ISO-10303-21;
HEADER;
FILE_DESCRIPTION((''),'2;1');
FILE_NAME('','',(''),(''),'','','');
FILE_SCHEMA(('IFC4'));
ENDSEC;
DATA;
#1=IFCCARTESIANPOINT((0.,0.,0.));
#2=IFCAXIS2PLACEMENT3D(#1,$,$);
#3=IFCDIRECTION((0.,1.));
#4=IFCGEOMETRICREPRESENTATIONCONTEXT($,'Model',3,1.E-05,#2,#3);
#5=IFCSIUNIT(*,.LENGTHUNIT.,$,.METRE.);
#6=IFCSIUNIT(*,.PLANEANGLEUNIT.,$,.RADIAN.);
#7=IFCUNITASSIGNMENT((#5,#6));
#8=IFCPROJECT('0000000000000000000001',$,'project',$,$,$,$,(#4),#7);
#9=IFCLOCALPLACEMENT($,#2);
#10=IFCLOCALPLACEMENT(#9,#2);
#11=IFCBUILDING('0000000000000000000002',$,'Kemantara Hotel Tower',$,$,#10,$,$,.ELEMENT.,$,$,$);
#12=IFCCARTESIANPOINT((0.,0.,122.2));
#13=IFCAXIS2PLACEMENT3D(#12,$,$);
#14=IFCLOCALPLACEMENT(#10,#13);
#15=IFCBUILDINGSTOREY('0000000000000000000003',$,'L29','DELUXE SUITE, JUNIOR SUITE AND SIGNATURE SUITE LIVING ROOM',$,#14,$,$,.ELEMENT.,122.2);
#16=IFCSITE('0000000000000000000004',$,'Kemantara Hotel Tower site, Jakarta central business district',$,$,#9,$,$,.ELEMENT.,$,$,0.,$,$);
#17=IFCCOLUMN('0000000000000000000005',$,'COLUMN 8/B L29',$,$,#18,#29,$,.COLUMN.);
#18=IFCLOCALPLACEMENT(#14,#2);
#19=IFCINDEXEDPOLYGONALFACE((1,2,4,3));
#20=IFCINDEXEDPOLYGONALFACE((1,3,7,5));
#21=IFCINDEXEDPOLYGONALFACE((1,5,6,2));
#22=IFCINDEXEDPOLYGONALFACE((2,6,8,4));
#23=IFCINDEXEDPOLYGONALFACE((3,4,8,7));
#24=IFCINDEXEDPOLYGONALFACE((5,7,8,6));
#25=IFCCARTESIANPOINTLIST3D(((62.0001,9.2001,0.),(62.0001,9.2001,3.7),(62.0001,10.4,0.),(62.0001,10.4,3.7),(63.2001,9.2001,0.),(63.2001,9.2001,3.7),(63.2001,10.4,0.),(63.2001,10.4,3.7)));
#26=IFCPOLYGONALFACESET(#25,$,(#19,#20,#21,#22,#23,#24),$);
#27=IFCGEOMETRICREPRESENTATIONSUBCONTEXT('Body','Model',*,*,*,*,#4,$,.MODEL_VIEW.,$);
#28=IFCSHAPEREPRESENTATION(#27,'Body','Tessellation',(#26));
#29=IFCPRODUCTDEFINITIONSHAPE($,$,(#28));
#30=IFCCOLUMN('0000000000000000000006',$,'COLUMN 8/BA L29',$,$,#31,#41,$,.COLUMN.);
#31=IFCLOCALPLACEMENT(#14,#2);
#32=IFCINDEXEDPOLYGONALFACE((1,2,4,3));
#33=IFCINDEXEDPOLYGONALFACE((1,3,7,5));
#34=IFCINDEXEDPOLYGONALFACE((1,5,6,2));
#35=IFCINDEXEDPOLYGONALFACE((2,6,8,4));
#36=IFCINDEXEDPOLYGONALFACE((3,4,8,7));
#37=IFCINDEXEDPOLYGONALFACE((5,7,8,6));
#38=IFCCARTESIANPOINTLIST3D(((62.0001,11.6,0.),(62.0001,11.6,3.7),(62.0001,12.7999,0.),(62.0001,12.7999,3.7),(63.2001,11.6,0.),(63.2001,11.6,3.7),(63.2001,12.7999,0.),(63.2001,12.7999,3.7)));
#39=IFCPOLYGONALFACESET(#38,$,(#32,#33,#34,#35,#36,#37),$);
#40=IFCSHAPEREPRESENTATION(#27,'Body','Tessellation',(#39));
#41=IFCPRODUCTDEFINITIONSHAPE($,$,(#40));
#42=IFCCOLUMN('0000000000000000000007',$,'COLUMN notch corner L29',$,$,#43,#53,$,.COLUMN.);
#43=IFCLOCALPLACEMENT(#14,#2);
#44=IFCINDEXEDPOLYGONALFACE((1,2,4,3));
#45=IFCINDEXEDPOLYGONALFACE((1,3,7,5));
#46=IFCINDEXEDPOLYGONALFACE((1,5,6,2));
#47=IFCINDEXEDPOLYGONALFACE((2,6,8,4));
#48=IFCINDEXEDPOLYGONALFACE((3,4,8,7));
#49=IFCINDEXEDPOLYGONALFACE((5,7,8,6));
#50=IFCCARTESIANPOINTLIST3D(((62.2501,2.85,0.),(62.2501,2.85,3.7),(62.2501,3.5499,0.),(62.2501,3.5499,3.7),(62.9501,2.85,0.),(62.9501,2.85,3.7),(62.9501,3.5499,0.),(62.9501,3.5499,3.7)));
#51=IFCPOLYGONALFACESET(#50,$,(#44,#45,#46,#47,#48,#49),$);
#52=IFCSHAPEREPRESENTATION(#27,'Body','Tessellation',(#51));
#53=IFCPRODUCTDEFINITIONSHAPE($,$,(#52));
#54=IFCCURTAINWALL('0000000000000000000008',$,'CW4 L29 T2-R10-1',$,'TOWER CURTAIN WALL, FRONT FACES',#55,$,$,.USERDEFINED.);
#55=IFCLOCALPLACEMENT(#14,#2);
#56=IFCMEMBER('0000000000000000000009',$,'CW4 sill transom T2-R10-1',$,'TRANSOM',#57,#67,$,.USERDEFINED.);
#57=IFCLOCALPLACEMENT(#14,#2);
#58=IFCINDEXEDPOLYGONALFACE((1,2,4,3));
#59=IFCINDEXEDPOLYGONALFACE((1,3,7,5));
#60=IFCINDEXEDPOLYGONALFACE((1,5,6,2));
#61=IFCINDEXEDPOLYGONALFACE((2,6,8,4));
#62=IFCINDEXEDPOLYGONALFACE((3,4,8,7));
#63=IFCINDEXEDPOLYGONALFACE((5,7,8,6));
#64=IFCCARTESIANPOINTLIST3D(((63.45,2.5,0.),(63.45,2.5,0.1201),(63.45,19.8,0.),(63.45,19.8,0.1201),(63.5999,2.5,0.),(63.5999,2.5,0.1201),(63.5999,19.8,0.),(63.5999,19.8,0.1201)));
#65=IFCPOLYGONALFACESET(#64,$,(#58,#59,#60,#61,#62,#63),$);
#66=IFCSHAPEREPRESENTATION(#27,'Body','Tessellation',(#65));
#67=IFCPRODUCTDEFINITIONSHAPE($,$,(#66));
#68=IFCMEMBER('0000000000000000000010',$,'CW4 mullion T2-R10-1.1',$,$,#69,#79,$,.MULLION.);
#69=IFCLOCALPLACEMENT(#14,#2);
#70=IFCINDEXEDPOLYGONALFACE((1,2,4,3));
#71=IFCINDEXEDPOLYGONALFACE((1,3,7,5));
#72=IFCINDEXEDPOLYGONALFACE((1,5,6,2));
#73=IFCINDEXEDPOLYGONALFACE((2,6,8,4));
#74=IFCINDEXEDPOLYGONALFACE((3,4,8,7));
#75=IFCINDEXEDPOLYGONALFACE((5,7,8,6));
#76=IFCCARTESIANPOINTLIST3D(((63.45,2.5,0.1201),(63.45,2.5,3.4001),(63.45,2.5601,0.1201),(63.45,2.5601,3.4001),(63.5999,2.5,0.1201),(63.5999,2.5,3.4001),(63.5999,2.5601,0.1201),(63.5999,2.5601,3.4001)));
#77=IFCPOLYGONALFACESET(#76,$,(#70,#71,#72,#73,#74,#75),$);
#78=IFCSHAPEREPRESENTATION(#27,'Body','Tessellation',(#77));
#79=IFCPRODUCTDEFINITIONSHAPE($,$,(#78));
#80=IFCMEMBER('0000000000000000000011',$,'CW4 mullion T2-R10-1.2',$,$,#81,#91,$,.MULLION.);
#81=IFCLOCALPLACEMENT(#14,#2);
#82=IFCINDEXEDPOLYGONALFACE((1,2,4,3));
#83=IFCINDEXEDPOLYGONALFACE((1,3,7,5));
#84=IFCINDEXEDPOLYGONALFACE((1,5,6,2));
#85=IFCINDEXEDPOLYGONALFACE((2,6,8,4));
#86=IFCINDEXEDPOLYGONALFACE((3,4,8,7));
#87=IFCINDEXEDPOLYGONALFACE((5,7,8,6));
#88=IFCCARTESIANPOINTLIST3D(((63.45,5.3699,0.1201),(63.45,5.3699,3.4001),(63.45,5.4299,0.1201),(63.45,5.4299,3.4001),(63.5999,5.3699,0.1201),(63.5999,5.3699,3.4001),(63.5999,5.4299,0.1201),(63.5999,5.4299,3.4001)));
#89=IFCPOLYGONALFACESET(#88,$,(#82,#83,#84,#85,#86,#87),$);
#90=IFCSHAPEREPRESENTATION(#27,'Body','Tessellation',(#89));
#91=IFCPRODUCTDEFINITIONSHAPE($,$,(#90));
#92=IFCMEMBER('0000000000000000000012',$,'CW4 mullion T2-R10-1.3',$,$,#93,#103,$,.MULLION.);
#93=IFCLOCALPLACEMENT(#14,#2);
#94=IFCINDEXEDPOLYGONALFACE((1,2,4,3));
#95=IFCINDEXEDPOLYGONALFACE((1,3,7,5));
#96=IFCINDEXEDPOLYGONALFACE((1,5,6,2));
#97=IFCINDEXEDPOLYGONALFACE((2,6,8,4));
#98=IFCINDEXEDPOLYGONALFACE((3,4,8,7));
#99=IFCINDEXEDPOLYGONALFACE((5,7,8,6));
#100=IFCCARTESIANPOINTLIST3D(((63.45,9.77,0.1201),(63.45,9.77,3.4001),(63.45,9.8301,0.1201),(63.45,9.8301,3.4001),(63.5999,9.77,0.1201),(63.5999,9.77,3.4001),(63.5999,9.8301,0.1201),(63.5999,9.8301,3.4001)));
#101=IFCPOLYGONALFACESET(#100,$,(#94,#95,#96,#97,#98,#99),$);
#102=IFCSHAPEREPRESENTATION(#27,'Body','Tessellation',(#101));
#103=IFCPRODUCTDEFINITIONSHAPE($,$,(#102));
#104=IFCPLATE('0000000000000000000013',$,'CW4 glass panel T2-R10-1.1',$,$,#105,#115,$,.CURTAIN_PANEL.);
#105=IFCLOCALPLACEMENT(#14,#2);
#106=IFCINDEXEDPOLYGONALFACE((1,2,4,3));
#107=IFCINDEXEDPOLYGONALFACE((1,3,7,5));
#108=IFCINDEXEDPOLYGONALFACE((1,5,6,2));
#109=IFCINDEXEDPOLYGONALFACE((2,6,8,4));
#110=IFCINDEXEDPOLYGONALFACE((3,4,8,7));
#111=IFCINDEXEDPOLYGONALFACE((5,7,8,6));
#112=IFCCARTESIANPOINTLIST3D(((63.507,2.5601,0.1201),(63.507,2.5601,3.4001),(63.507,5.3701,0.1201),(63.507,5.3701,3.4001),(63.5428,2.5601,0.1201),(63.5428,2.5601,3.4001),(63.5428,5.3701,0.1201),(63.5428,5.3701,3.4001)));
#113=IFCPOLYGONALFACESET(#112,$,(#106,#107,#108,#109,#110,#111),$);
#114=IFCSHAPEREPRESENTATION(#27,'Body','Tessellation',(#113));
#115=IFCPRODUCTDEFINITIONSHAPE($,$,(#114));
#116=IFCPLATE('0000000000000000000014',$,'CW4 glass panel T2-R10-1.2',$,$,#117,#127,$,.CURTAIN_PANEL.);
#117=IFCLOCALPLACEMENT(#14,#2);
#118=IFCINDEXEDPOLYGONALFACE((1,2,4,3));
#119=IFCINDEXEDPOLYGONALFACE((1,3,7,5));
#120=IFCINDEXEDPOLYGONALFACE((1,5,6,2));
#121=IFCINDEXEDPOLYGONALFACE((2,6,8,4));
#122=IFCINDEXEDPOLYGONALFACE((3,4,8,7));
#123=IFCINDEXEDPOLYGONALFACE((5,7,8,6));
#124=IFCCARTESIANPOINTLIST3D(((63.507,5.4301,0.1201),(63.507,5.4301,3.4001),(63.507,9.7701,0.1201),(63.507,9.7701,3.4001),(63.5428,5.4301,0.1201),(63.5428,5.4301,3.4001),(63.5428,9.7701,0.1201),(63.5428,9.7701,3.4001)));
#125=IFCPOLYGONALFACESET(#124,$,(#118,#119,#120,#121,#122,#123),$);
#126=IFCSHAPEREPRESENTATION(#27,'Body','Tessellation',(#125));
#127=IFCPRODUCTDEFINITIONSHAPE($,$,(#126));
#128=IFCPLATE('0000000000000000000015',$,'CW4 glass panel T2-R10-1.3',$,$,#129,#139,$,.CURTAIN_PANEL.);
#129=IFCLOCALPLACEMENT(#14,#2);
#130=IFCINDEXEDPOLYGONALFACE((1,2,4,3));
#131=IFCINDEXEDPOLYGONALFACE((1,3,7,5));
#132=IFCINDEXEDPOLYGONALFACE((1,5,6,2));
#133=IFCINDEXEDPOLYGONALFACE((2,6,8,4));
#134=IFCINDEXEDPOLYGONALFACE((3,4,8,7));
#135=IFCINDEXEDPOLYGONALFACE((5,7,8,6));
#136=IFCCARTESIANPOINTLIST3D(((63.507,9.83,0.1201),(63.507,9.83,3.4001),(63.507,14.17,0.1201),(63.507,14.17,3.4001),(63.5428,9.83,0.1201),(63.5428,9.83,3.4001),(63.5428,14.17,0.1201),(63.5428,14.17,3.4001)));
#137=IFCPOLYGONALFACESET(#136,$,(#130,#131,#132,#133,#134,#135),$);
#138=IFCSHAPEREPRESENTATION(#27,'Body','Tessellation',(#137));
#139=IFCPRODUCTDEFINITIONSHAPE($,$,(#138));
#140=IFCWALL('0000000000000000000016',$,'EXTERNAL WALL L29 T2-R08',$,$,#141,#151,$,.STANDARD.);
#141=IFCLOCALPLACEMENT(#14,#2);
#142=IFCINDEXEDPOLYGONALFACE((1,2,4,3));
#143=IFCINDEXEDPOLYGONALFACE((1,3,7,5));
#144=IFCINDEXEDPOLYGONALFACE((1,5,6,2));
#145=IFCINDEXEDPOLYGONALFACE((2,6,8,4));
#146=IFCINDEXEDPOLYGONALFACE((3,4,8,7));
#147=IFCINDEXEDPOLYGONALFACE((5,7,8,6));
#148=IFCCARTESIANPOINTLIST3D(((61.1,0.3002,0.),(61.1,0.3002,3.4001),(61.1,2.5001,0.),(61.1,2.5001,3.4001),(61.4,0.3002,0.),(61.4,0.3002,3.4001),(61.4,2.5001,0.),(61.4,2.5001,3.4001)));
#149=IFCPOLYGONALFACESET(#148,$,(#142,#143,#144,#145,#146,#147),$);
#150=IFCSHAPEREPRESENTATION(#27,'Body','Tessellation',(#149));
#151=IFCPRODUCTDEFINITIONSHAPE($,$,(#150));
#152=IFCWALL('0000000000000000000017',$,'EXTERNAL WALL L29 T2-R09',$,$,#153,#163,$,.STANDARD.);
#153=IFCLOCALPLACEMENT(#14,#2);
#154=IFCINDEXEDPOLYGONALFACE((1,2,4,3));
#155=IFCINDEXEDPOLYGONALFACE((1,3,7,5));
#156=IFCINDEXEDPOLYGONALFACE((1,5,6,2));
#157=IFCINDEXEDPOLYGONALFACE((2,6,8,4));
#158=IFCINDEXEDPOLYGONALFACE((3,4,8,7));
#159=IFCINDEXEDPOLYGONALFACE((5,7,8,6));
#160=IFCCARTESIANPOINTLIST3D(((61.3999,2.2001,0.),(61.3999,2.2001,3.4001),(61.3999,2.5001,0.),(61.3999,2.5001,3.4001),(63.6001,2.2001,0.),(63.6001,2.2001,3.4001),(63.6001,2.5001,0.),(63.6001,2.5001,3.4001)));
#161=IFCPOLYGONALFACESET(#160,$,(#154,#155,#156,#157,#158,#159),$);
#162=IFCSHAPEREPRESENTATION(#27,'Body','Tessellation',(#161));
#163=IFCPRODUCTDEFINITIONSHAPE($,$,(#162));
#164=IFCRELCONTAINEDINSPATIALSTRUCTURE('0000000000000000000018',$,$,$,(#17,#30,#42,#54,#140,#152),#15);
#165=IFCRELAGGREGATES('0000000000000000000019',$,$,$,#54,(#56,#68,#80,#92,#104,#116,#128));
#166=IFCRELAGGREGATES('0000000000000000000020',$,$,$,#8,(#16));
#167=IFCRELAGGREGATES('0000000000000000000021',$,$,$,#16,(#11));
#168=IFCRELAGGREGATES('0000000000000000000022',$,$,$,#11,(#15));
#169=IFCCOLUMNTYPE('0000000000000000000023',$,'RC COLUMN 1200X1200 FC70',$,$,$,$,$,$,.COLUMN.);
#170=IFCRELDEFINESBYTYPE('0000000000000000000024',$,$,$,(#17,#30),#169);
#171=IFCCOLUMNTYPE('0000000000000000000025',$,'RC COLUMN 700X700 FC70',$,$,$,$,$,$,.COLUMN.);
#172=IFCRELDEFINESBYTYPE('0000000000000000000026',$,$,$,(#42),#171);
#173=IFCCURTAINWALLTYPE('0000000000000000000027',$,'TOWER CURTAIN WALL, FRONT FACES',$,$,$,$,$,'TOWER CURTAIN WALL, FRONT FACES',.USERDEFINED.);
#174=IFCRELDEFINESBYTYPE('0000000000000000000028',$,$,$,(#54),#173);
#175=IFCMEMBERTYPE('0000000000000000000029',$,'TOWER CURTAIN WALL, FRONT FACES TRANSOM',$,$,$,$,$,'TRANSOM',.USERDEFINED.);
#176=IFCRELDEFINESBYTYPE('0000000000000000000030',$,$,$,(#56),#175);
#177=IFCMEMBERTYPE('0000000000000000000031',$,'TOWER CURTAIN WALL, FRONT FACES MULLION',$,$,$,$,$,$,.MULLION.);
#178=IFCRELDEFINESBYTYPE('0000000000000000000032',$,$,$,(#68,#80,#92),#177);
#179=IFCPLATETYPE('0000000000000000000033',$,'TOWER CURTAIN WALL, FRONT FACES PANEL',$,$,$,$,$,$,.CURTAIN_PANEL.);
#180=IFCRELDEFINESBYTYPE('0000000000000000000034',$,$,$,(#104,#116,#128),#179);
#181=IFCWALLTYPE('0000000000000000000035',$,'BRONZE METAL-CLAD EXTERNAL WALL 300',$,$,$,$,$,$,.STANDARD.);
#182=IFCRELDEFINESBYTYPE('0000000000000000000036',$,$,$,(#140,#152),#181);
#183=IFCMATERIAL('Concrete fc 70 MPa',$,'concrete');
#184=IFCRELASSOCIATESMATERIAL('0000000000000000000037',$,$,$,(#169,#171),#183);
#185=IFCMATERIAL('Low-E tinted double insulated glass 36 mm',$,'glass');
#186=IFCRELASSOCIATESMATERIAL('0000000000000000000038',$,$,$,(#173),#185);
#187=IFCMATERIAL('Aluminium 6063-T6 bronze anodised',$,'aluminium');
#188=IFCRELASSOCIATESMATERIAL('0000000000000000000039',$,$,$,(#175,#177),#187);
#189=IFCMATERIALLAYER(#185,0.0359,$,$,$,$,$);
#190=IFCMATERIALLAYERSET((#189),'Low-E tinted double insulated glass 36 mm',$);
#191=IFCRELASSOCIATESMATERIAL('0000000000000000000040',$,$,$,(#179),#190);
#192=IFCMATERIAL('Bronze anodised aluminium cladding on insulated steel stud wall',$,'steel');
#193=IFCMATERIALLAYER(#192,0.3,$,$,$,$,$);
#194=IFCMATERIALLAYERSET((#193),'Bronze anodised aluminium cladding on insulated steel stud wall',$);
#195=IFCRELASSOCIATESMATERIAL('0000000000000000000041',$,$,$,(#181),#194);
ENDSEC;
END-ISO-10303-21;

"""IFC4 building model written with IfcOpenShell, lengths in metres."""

from ifc_helpers import new_model, si_unit, direction, frame, frame_2d, origin, origin_2d, place, context, subcontext, project, spatial, rectangle, extrude, source, transform, mapped, material, layer, layer_set, material_profile, profile_set, type_object, element, aggregate, save


model = new_model("IFC4")

# Units and contexts
model_context = context("Model", 3, precision=1e-05, world=origin(), true_north=direction((0.0, 1.0)))
body_context = subcontext(model_context, "Body", "Model", "MODEL_VIEW")
ifc_project = project(units=[si_unit("LENGTHUNIT", "METRE"), si_unit("PLANEANGLEUNIT", "RADIAN")], contexts=[model_context])

# Site, building, storey
site_placement = place(None, origin())
site = spatial("IfcSite", under=ifc_project, at=site_placement, Name="Kemantara Hotel Tower site, Jakarta central business district", CompositionType="ELEMENT", RefElevation=0.0)
building_placement = place(site_placement, origin())
building = spatial("IfcBuilding", under=site, at=building_placement, Name="Kemantara Hotel Tower", CompositionType="ELEMENT")
storey_placement = place(building_placement, frame((0.0, 0.0, 122.2)))
storey = spatial("IfcBuildingStorey", under=building, at=storey_placement, Name="L29", Description="DELUXE SUITE, JUNIOR SUITE AND SIGNATURE SUITE LIVING ROOM", CompositionType="ELEMENT", Elevation=122.2)

# Columns
ifc_material_1 = material(Name="Concrete fc 70 MPa", Category="concrete")
ifc_material_profile_1 = material_profile(ifc_material_1, rectangle(XDim=1.2, YDim=1.2, at=origin_2d()), Name="RC 1200X1200")
ifc_profile_set_1 = profile_set([ifc_material_profile_1], Name="Concrete fc 70 MPa")
column_type_1 = type_object("IfcColumnType", Name="RC COLUMN 1200X1200 FC70", PredefinedType="COLUMN", material=ifc_profile_set_1)
for number, where, z_axis, x_axis, name in (
    (1, (62.6001, 9.8, 0.0), (0.0, 0.0, 1.0), (1.0, 0.0, 0.0), "COLUMN 8/B L29"),
    (2, (62.6001, 12.2, 0.0), (0.0, 0.0, 1.0), (1.0, 0.0, 0.0), "COLUMN 8/BA L29"),
):
    element("IfcColumn", number, at=place(storey_placement, frame(where, z_axis=z_axis, x_axis=x_axis)), inside=storey, type_object=column_type_1, Name=name, PredefinedType="COLUMN", context=body_context, shape_type="SweptSolid", body=[
        extrude(rectangle(XDim=1.2, YDim=1.2, at=origin_2d()), origin(), (0.0, 0.0, 1.0), 3.7),
    ])
ifc_material_profile_2 = material_profile(ifc_material_1, rectangle(XDim=0.7, YDim=0.7, at=origin_2d()), Name="RC 700X700")
ifc_profile_set_2 = profile_set([ifc_material_profile_2], Name="Concrete fc 70 MPa")
column_type_2 = type_object("IfcColumnType", Name="RC COLUMN 700X700 FC70", PredefinedType="COLUMN", material=ifc_profile_set_2)
column_placement = place(storey_placement, frame((62.6001, 3.2, 0.0), z_axis=(0.0, 0.0, 1.0), x_axis=(1.0, 0.0, 0.0)))
element("IfcColumn", 3, at=column_placement, inside=storey, type_object=column_type_2, Name="COLUMN notch corner L29", PredefinedType="COLUMN", context=body_context, shape_type="SweptSolid", body=[
    extrude(rectangle(XDim=0.7, YDim=0.7, at=origin_2d()), origin(), (0.0, 0.0, 1.0), 3.7),
])

# Curtain wall, members, plates
ifc_material_2 = material(Name="Low-E tinted double insulated glass 36 mm", Category="glass")
curtain_wall_type = type_object("IfcCurtainWallType", Name="TOWER CURTAIN WALL, FRONT FACES", ElementType="TOWER CURTAIN WALL, FRONT FACES", PredefinedType="USERDEFINED", material=ifc_material_2)
curtain_wall_placement = place(storey_placement, origin())
curtain_wall = element("IfcCurtainWall", 4, at=curtain_wall_placement, inside=storey, type_object=curtain_wall_type, Name="CW4 L29 T2-R10-1", ObjectType="TOWER CURTAIN WALL, FRONT FACES", PredefinedType="USERDEFINED")
ifc_material_3 = material(Name="Aluminium 6063-T6 bronze anodised", Category="aluminium")
ifc_material_profile_3 = material_profile(ifc_material_3, rectangle(XDim=0.1499, YDim=0.1201, at=origin_2d()), Name="TOWER CURTAIN WALL, FRONT FACES TRANSOM")
ifc_profile_set_3 = profile_set([ifc_material_profile_3], Name="Aluminium 6063-T6 bronze anodised")
member_type_1 = type_object("IfcMemberType", Name="TOWER CURTAIN WALL, FRONT FACES TRANSOM", ElementType="TRANSOM", PredefinedType="USERDEFINED", material=ifc_profile_set_3)
member_1_placement = place(storey_placement, frame((63.5249, 2.5, 0.0601), z_axis=(0.0, 1.0, 0.0), x_axis=(-1.0, 0.0, 0.0)))
member_1 = element("IfcMember", 5, at=member_1_placement, type_object=member_type_1, Name="CW4 sill transom T2-R10-1", ObjectType="TRANSOM", PredefinedType="USERDEFINED", context=body_context, shape_type="SweptSolid", body=[
    extrude(rectangle(XDim=0.1499, YDim=0.1201, at=origin_2d()), origin(), (0.0, 0.0, 1.0), 17.3),
])
ifc_material_profile_4 = material_profile(ifc_material_3, rectangle(XDim=0.1499, YDim=0.0601, at=origin_2d()), Name="TOWER CURTAIN WALL, FRONT FACES MULLION")
ifc_profile_set_4 = profile_set([ifc_material_profile_4], Name="Aluminium 6063-T6 bronze anodised")
member_type_2 = type_object("IfcMemberType", Name="TOWER CURTAIN WALL, FRONT FACES MULLION", PredefinedType="MULLION", material=ifc_profile_set_4)
shared_shape_1 = source(origin(), body_context, "Body", "SweptSolid", [
    extrude(rectangle(XDim=0.1499, YDim=0.0601, at=origin_2d()), origin(), (0.0, 0.0, 1.0), 3.28),
])
member_2_placement = place(storey_placement, frame((63.5249, 2.53, 0.1201), z_axis=(0.0, 0.0, 1.0), x_axis=(-1.0, 0.0, 0.0)))
member_2 = element("IfcMember", 6, at=member_2_placement, type_object=member_type_2, Name="CW4 mullion T2-R10-1.1", PredefinedType="MULLION", context=body_context, shape_type="MappedRepresentation", body=[
    mapped(shared_shape_1, transform((0.0, 0.0, 0.0))),
])
member_3_placement = place(storey_placement, frame((63.5249, 5.3999, 0.1201), z_axis=(0.0, 0.0, 1.0), x_axis=(-1.0, 0.0, 0.0)))
member_3 = element("IfcMember", 7, at=member_3_placement, type_object=member_type_2, Name="CW4 mullion T2-R10-1.2", PredefinedType="MULLION", context=body_context, shape_type="MappedRepresentation", body=[
    mapped(shared_shape_1, transform((0.0, 0.0, 0.0))),
])
member_4_placement = place(storey_placement, frame((63.5249, 9.8, 0.1201), z_axis=(0.0, 0.0, 1.0), x_axis=(-1.0, 0.0, 0.0)))
member_4 = element("IfcMember", 8, at=member_4_placement, type_object=member_type_2, Name="CW4 mullion T2-R10-1.3", PredefinedType="MULLION", context=body_context, shape_type="MappedRepresentation", body=[
    mapped(shared_shape_1, transform((0.0, 0.0, 0.0))),
])
ifc_layer_1 = layer(ifc_material_2, 0.0359)
ifc_layer_set_1 = layer_set([ifc_layer_1], Name="Low-E tinted double insulated glass 36 mm")
plate_type = type_object("IfcPlateType", Name="TOWER CURTAIN WALL, FRONT FACES PANEL", PredefinedType="CURTAIN_PANEL", material=ifc_layer_set_1)
shared_shape_2 = source(origin(), body_context, "Body", "SweptSolid", [
    extrude(rectangle(XDim=2.8101, YDim=0.0359, at=origin_2d()), origin(), (0.0, 0.0, 1.0), 3.28),
])
plate_1_placement = place(storey_placement, frame((63.5249, 3.9651, 0.1201), z_axis=(0.0, 0.0, 1.0), x_axis=(0.0, 1.0, 0.0)))
plate_1 = element("IfcPlate", 9, at=plate_1_placement, type_object=plate_type, Name="CW4 glass panel T2-R10-1.1", PredefinedType="CURTAIN_PANEL", context=body_context, shape_type="MappedRepresentation", body=[
    mapped(shared_shape_2, transform((0.0, 0.0, 0.0))),
])
shared_shape_3 = source(origin(), body_context, "Body", "SweptSolid", [
    extrude(rectangle(XDim=4.3401, YDim=0.0359, at=origin_2d()), origin(), (0.0, 0.0, 1.0), 3.28),
])
plate_2_placement = place(storey_placement, frame((63.5249, 7.6001, 0.1201), z_axis=(0.0, 0.0, 1.0), x_axis=(0.0, 1.0, 0.0)))
plate_2 = element("IfcPlate", 10, at=plate_2_placement, type_object=plate_type, Name="CW4 glass panel T2-R10-1.2", PredefinedType="CURTAIN_PANEL", context=body_context, shape_type="MappedRepresentation", body=[
    mapped(shared_shape_3, transform((0.0, 0.0, 0.0))),
])
plate_3_placement = place(storey_placement, frame((63.5249, 12.0, 0.1201), z_axis=(0.0, 0.0, 1.0), x_axis=(0.0, 1.0, 0.0)))
plate_3 = element("IfcPlate", 11, at=plate_3_placement, type_object=plate_type, Name="CW4 glass panel T2-R10-1.3", PredefinedType="CURTAIN_PANEL", context=body_context, shape_type="MappedRepresentation", body=[
    mapped(shared_shape_3, transform((0.0, 0.0, 0.0))),
])
aggregate(curtain_wall, [member_1, member_2, member_3, member_4, plate_1, plate_2, plate_3])

# Walls
ifc_material_4 = material(Name="Bronze anodised aluminium cladding on insulated steel stud wall", Category="steel")
ifc_layer_2 = layer(ifc_material_4, 0.3)
ifc_layer_set_2 = layer_set([ifc_layer_2], Name="Bronze anodised aluminium cladding on insulated steel stud wall")
wall_type_1 = type_object("IfcWallType", Name="BRONZE METAL-CLAD EXTERNAL WALL 300", PredefinedType="STANDARD", material=ifc_layer_set_2)
wall_1_placement = place(storey_placement, frame((61.25, 0.3, 0.0), z_axis=(0.0, 0.0, 1.0), x_axis=(0.0, 1.0, 0.0)))
element("IfcWall", 12, at=wall_1_placement, inside=storey, type_object=wall_type_1, Name="EXTERNAL WALL L29 T2-R08", PredefinedType="STANDARD", context=body_context, shape_type="SweptSolid", body=[
    extrude(rectangle(XDim=2.2, YDim=0.3, at=frame_2d((1.1001, 0.0))), origin(), (0.0, 0.0, 1.0), 3.4001),
])
wall_2_placement = place(storey_placement, frame((61.3999, 2.3501, 0.0), z_axis=(0.0, 0.0, 1.0), x_axis=(1.0, 0.0, 0.0)))
element("IfcWall", 13, at=wall_2_placement, inside=storey, type_object=wall_type_1, Name="EXTERNAL WALL L29 T2-R09", PredefinedType="STANDARD", context=body_context, shape_type="SweptSolid", body=[
    extrude(rectangle(XDim=2.2002, YDim=0.3, at=frame_2d((1.1001, 0.0))), origin(), (0.0, 0.0, 1.0), 3.4001),
])

save(model, "model.ifc")
